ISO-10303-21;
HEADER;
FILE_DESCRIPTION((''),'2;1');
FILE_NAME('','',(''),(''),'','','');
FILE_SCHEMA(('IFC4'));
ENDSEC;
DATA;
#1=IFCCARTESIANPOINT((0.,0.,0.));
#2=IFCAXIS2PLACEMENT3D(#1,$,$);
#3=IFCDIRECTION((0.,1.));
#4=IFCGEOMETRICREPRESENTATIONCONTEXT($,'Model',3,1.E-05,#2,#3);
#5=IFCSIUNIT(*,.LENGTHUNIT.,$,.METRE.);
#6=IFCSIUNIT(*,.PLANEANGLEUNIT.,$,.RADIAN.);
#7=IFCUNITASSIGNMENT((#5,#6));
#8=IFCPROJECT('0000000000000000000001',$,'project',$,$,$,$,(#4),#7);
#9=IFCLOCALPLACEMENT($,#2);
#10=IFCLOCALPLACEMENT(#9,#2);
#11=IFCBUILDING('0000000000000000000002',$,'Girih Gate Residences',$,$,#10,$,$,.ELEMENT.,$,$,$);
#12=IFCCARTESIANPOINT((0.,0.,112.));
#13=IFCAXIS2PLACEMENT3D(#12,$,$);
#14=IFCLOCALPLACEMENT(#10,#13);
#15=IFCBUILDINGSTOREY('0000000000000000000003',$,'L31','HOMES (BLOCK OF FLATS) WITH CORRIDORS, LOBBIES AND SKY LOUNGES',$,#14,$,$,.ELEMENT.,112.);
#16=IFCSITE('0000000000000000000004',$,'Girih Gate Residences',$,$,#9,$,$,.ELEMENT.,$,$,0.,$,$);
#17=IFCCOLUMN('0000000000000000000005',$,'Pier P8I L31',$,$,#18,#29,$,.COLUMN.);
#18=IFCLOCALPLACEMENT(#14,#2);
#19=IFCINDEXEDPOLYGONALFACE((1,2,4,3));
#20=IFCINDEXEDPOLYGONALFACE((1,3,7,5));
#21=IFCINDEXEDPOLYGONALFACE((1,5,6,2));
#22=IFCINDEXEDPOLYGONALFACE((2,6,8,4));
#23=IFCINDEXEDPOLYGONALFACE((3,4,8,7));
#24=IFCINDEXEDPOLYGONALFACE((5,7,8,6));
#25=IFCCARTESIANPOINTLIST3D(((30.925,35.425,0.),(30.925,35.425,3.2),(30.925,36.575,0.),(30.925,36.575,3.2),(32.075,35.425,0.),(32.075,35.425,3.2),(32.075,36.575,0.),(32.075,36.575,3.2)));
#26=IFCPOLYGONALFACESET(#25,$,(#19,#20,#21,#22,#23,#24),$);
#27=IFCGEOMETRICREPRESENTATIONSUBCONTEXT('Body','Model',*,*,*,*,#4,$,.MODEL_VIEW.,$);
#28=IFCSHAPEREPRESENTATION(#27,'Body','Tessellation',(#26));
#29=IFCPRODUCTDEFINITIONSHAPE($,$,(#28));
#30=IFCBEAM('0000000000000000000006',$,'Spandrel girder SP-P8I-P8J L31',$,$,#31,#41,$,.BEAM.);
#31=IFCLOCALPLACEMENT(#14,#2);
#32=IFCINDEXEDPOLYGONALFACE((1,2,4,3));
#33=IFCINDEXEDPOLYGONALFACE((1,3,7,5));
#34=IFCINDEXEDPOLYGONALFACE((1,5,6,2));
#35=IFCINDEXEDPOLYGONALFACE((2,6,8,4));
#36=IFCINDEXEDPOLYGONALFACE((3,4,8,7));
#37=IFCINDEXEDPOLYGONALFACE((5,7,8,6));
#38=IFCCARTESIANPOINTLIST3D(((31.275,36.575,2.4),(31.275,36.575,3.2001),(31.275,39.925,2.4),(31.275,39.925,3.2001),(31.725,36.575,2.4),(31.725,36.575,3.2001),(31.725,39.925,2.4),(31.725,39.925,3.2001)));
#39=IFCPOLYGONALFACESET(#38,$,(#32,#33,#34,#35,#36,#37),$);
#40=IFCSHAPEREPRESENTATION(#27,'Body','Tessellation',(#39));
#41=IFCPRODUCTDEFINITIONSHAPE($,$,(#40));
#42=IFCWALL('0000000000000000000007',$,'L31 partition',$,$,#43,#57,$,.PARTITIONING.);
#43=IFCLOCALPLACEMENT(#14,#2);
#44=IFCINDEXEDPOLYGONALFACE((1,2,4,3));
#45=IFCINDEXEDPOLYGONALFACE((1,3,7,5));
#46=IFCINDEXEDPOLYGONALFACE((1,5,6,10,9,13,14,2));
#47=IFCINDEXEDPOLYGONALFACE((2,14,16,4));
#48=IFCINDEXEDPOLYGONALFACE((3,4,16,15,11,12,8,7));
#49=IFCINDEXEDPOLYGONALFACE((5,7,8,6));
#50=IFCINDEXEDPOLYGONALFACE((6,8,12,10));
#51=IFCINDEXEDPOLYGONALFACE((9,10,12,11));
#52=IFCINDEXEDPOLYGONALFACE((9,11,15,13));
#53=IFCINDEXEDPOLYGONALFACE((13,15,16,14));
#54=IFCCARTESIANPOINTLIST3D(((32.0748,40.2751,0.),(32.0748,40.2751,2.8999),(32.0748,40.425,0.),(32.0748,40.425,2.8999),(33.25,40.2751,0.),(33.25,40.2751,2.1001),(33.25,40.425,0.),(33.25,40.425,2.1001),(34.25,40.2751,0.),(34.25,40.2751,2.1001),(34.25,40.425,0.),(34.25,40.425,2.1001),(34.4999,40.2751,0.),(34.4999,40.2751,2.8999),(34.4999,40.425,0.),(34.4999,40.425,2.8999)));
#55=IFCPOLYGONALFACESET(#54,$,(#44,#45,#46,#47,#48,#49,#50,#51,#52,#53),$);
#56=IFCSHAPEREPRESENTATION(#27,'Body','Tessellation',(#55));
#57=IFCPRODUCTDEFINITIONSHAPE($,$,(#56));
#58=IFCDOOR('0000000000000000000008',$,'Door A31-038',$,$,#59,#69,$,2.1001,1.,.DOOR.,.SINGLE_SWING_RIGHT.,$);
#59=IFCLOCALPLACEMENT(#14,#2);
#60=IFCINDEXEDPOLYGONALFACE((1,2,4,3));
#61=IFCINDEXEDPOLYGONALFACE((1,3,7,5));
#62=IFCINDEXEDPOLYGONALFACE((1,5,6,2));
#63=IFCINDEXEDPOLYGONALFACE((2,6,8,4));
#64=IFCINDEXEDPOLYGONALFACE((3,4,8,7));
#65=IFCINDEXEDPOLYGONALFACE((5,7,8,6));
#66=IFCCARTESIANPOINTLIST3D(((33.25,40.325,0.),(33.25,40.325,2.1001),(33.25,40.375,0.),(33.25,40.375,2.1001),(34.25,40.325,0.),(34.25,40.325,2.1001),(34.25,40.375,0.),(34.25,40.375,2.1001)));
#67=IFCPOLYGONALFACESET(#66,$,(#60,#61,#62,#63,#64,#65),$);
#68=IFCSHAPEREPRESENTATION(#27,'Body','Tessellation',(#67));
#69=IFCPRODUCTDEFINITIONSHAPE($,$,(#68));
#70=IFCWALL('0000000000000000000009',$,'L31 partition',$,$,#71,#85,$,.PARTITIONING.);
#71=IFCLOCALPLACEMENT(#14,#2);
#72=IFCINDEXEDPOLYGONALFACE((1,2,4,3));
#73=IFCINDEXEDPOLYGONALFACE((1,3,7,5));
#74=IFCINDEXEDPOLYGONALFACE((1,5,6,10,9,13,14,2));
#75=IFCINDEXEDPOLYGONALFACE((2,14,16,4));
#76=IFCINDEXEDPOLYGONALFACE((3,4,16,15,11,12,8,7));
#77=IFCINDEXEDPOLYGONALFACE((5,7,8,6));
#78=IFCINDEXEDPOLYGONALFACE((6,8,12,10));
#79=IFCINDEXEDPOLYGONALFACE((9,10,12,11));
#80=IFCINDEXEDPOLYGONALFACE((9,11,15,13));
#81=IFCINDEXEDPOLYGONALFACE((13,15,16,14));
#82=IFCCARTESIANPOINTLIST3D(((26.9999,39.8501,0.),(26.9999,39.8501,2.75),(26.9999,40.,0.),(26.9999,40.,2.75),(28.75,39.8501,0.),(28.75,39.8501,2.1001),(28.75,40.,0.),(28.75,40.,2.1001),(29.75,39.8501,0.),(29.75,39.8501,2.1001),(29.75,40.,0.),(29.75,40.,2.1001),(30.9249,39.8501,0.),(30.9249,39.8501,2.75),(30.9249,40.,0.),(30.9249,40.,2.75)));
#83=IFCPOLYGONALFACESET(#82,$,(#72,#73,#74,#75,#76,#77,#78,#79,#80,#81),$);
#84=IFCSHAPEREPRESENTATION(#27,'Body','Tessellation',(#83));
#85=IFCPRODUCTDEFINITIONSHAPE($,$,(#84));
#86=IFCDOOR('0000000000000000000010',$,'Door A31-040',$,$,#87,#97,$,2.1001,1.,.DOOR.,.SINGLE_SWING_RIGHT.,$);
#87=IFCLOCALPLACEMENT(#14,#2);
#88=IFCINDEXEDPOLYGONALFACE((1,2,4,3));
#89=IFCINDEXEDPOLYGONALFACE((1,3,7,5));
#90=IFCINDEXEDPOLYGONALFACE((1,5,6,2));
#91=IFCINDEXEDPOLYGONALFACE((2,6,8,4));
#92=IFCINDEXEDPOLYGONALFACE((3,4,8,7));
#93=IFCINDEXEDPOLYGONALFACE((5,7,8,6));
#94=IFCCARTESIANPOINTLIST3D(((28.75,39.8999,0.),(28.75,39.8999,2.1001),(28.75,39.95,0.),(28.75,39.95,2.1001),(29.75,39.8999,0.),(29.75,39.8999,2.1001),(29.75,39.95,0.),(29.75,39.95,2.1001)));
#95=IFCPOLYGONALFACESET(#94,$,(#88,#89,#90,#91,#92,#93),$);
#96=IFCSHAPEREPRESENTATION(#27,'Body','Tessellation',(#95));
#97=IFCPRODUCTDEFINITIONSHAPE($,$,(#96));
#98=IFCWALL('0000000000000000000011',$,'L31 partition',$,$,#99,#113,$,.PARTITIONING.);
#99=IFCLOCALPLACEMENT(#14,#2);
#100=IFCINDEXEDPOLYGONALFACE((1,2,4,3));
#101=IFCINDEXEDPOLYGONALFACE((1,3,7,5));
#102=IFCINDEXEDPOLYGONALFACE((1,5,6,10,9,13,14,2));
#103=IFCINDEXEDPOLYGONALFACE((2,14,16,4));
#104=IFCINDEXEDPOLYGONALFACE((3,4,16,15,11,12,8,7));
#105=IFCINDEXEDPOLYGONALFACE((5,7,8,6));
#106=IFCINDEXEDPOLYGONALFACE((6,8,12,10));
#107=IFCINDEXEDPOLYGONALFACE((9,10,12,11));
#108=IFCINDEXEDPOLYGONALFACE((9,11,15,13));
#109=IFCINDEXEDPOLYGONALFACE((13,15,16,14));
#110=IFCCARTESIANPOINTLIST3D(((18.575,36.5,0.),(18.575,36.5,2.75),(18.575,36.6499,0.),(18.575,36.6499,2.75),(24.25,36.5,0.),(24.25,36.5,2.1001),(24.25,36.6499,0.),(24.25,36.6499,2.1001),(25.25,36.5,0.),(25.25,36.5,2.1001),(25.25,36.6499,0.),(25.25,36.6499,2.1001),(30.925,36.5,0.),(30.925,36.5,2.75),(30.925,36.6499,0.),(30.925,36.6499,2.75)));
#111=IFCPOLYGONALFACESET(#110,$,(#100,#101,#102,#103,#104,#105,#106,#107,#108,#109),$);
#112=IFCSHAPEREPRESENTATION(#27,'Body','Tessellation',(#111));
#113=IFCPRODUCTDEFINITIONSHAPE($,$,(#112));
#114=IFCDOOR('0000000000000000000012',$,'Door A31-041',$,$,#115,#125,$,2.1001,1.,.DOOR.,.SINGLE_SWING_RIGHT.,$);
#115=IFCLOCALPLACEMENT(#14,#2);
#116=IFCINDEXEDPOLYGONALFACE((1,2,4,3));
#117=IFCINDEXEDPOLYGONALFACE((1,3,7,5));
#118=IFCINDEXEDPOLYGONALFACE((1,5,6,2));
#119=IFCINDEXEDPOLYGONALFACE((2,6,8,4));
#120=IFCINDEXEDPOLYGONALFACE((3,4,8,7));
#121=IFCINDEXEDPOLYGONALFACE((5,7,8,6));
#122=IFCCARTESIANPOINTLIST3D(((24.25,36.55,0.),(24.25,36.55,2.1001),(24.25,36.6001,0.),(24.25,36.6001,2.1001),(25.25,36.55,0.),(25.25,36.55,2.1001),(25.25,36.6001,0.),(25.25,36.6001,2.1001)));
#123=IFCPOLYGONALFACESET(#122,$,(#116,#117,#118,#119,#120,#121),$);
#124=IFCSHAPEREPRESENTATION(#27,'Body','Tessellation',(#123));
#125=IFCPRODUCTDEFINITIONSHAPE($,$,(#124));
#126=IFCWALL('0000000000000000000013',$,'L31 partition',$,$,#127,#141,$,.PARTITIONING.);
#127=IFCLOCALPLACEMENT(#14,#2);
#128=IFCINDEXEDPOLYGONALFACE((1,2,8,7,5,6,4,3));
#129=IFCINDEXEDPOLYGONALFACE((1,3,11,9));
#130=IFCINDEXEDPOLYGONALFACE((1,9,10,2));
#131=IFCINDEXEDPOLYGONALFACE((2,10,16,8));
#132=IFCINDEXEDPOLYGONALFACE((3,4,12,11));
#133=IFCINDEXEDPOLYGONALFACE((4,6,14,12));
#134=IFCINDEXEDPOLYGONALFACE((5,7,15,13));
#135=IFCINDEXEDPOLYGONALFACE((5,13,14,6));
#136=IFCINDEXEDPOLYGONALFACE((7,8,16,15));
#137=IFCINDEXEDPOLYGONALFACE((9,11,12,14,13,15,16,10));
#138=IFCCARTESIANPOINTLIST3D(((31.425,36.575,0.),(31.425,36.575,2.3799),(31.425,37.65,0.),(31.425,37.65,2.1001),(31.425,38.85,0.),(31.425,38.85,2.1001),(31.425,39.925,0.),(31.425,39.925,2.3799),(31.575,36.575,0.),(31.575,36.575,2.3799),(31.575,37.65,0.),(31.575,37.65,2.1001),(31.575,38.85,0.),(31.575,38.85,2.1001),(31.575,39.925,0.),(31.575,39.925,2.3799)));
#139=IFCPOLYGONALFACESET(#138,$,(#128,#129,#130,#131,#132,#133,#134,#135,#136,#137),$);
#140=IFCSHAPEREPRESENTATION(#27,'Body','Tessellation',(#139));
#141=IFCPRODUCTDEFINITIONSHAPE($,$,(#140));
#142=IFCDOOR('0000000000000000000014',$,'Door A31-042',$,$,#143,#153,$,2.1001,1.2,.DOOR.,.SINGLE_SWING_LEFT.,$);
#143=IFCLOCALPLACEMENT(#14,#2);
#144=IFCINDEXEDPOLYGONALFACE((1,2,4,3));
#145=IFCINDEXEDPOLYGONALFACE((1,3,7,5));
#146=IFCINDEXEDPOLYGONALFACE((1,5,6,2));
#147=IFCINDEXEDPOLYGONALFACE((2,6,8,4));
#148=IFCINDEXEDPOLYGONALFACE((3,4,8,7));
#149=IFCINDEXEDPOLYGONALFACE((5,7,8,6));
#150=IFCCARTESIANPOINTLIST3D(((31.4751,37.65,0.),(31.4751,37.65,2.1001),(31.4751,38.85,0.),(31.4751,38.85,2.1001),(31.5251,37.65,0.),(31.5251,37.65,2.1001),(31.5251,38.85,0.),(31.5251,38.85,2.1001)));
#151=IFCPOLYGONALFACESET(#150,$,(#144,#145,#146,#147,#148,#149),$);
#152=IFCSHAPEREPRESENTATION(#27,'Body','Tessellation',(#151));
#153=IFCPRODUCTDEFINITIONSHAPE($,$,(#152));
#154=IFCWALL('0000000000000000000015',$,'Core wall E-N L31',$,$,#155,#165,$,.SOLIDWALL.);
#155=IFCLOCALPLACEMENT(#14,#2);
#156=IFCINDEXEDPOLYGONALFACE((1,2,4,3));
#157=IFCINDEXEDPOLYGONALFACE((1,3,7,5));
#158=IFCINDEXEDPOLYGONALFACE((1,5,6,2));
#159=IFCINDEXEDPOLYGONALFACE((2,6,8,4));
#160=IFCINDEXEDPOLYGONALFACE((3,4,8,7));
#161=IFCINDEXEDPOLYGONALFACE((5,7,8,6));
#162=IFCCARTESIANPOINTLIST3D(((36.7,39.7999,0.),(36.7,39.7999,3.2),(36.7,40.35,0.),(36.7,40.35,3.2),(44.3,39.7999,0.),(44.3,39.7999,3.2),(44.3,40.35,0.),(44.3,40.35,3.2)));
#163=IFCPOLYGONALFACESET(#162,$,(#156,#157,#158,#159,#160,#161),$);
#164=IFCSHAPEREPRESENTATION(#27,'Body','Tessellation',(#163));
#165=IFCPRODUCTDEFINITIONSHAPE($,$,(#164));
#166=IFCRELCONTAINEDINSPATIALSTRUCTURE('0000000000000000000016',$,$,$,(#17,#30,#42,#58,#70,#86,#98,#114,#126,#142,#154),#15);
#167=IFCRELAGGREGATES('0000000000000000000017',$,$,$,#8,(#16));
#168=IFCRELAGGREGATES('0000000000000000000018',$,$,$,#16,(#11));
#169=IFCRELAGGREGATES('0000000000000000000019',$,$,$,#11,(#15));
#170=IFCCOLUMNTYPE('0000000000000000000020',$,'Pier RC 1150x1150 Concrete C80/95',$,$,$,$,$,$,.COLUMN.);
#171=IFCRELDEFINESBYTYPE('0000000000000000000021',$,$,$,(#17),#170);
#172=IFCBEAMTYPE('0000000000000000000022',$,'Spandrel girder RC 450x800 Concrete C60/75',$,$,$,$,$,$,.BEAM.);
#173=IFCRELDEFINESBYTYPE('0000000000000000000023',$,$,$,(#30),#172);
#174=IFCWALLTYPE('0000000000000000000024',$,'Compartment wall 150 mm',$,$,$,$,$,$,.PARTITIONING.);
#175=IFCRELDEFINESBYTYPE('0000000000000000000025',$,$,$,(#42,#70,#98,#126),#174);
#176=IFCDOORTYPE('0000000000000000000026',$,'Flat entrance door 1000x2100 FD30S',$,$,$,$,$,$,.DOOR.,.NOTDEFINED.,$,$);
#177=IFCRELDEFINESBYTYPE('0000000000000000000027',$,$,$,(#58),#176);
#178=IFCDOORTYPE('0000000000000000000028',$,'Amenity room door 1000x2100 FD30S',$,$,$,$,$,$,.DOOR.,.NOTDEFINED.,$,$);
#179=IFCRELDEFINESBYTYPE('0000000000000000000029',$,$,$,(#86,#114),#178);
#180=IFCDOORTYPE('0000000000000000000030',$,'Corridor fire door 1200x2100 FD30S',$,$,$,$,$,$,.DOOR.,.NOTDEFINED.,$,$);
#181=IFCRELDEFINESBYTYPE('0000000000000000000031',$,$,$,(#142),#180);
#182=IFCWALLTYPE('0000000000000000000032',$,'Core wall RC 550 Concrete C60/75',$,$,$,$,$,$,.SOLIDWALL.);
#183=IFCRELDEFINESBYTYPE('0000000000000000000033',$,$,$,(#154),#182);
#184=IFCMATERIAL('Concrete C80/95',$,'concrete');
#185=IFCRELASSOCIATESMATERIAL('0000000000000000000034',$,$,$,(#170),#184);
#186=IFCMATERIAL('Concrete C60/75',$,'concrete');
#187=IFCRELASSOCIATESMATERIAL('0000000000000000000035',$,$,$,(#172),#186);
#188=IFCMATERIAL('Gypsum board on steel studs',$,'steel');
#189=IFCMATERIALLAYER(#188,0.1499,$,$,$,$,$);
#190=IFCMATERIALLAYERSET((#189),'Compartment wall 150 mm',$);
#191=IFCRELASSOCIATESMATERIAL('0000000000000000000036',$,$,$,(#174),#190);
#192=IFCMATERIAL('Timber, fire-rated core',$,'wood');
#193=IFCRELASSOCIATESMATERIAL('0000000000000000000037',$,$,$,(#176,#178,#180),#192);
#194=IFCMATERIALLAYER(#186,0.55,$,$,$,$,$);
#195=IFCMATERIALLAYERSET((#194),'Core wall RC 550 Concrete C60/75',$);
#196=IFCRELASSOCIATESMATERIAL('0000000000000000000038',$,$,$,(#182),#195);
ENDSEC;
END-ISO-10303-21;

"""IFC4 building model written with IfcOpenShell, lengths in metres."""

from ifc_helpers import new_model, si_unit, direction, frame, frame_2d, origin, origin_2d, place, context, subcontext, project, spatial, rectangle, extrude, material, layer, layer_set, material_profile, profile_set, type_object, element, fill, save


model = new_model("IFC4")

# Units and contexts
model_context = context("Model", 3, precision=1e-05, world=origin(), true_north=direction((0.0, 1.0)))
body_context = subcontext(model_context, "Body", "Model", "MODEL_VIEW")
ifc_project = project(units=[si_unit("LENGTHUNIT", "METRE"), si_unit("PLANEANGLEUNIT", "RADIAN")], contexts=[model_context])

# Site, building, storey
site_placement = place(None, origin())
site = spatial("IfcSite", under=ifc_project, at=site_placement, Name="Girih Gate Residences", CompositionType="ELEMENT", RefElevation=0.0)
building_placement = place(site_placement, origin())
building = spatial("IfcBuilding", under=site, at=building_placement, Name="Girih Gate Residences", CompositionType="ELEMENT")
storey_placement = place(building_placement, frame((0.0, 0.0, 112.0)))
storey = spatial("IfcBuildingStorey", under=building, at=storey_placement, Name="L31", Description="HOMES (BLOCK OF FLATS) WITH CORRIDORS, LOBBIES AND SKY LOUNGES", CompositionType="ELEMENT", Elevation=112.0)

# Column
ifc_material_1 = material(Name="Concrete C80/95", Category="concrete")
ifc_material_profile_1 = material_profile(ifc_material_1, rectangle(XDim=1.1499, YDim=1.1499, at=origin_2d()))
ifc_profile_set_1 = profile_set([ifc_material_profile_1], Name="Concrete C80/95")
column_type = type_object("IfcColumnType", Name="Pier RC 1150x1150 Concrete C80/95", PredefinedType="COLUMN", material=ifc_profile_set_1)
column_placement = place(storey_placement, frame((31.5, 36.0, 0.0), z_axis=(0.0, 0.0, 1.0), x_axis=(1.0, 0.0, 0.0)))
element("IfcColumn", 1, at=column_placement, inside=storey, type_object=column_type, Name="Pier P8I L31", PredefinedType="COLUMN", context=body_context, shape_type="SweptSolid", body=[
    extrude(rectangle(XDim=1.1499, YDim=1.1499, at=origin_2d()), origin(), (0.0, 0.0, 1.0), 3.2),
])

# Beam
ifc_material_2 = material(Name="Concrete C60/75", Category="concrete")
ifc_material_profile_2 = material_profile(ifc_material_2, rectangle(XDim=0.45, YDim=0.8, at=origin_2d()))
ifc_profile_set_2 = profile_set([ifc_material_profile_2], Name="Concrete C60/75")
beam_type = type_object("IfcBeamType", Name="Spandrel girder RC 450x800 Concrete C60/75", PredefinedType="BEAM", material=ifc_profile_set_2)
beam_placement = place(storey_placement, frame((31.5, 36.575, 2.8), z_axis=(0.0, 1.0, 0.0), x_axis=(-1.0, 0.0, 0.0)))
element("IfcBeam", 2, at=beam_placement, inside=storey, type_object=beam_type, Name="Spandrel girder SP-P8I-P8J L31", PredefinedType="BEAM", context=body_context, shape_type="SweptSolid", body=[
    extrude(rectangle(XDim=0.45, YDim=0.8, at=origin_2d()), origin(), (0.0, 0.0, 1.0), 3.3501),
])

# Walls, openings, doors
ifc_material_3 = material(Name="Gypsum board on steel studs", Category="steel")
ifc_layer_1 = layer(ifc_material_3, 0.1499)
ifc_layer_set_1 = layer_set([ifc_layer_1], Name="Compartment wall 150 mm")
wall_type_1 = type_object("IfcWallType", Name="Compartment wall 150 mm", PredefinedType="PARTITIONING", material=ifc_layer_set_1)
wall_1_placement = place(storey_placement, frame((32.075, 40.3501, 0.0), z_axis=(0.0, 0.0, 1.0), x_axis=(1.0, 0.0, 0.0)))
wall_1 = element("IfcWall", 3, at=wall_1_placement, inside=storey, type_object=wall_type_1, Name="L31 partition", PredefinedType="PARTITIONING", context=body_context, shape_type="SweptSolid", body=[
    extrude(rectangle(XDim=2.425, YDim=0.1499, at=frame_2d((1.2124, 0.0))), origin(), (0.0, 0.0, 1.0), 2.8999),
])
opening_1_placement = place(wall_1_placement, frame((1.175, 0.0, 0.0)))
opening_1 = element("IfcOpeningElement", 4, at=opening_1_placement, cuts=wall_1, PredefinedType="OPENING", context=body_context, shape_type="SweptSolid", body=[
    extrude(rectangle(XDim=1.0, YDim=2.1001, at=frame_2d((0.5, 1.05))), frame((0.0, 0.085, 0.0), z_axis=(0.0, -1.0, 0.0), x_axis=(1.0, 0.0, 0.0)), (0.0, 0.0, 1.0), 0.1699),
])
ifc_material_4 = material(Name="Timber, fire-rated core", Category="wood")
door_type_1 = type_object("IfcDoorType", Name="Flat entrance door 1000x2100 FD30S", OperationType="NOTDEFINED", PredefinedType="DOOR", material=ifc_material_4)
door_1_placement = place(opening_1_placement, origin())
door_1 = element("IfcDoor", 5, at=door_1_placement, inside=storey, type_object=door_type_1, Name="Door A31-038", OperationType="SINGLE_SWING_RIGHT", OverallHeight=2.1001, OverallWidth=1.0, PredefinedType="DOOR", context=body_context, shape_type="SweptSolid", body=[
    extrude(rectangle(XDim=1.0, YDim=2.1001, at=frame_2d((0.5, 1.05))), frame((0.0, 0.0249, 0.0), z_axis=(0.0, -1.0, 0.0), x_axis=(1.0, 0.0, 0.0)), (0.0, 0.0, 1.0), 0.05),
])
fill(opening_1, door_1)
wall_2_placement = place(storey_placement, frame((27.0, 39.925, 0.0), z_axis=(0.0, 0.0, 1.0), x_axis=(1.0, 0.0, 0.0)))
wall_2 = element("IfcWall", 6, at=wall_2_placement, inside=storey, type_object=wall_type_1, Name="L31 partition", PredefinedType="PARTITIONING", context=body_context, shape_type="SweptSolid", body=[
    extrude(rectangle(XDim=3.925, YDim=0.1499, at=frame_2d((1.9624, 0.0))), origin(), (0.0, 0.0, 1.0), 2.75),
])
opening_2_placement = place(wall_2_placement, frame((1.75, 0.0, 0.0)))
opening_2 = element("IfcOpeningElement", 7, at=opening_2_placement, cuts=wall_2, PredefinedType="OPENING", context=body_context, shape_type="SweptSolid", body=[
    extrude(rectangle(XDim=1.0, YDim=2.1001, at=frame_2d((0.5, 1.05))), frame((0.0, 0.085, 0.0), z_axis=(0.0, -1.0, 0.0), x_axis=(1.0, 0.0, 0.0)), (0.0, 0.0, 1.0), 0.1699),
])
door_type_2 = type_object("IfcDoorType", Name="Amenity room door 1000x2100 FD30S", OperationType="NOTDEFINED", PredefinedType="DOOR", material=ifc_material_4)
door_2_placement = place(opening_2_placement, origin())
door_2 = element("IfcDoor", 8, at=door_2_placement, inside=storey, type_object=door_type_2, Name="Door A31-040", OperationType="SINGLE_SWING_RIGHT", OverallHeight=2.1001, OverallWidth=1.0, PredefinedType="DOOR", context=body_context, shape_type="SweptSolid", body=[
    extrude(rectangle(XDim=1.0, YDim=2.1001, at=frame_2d((0.5, 1.05))), frame((0.0, 0.0249, 0.0), z_axis=(0.0, -1.0, 0.0), x_axis=(1.0, 0.0, 0.0)), (0.0, 0.0, 1.0), 0.05),
])
fill(opening_2, door_2)
wall_3_placement = place(storey_placement, frame((30.925, 36.575, 0.0), z_axis=(0.0, 0.0, 1.0), x_axis=(-1.0, 0.0, 0.0)))
wall_3 = element("IfcWall", 9, at=wall_3_placement, inside=storey, type_object=wall_type_1, Name="L31 partition", PredefinedType="PARTITIONING", context=body_context, shape_type="SweptSolid", body=[
    extrude(rectangle(XDim=12.3501, YDim=0.1499, at=frame_2d((6.175, 0.0))), origin(), (0.0, 0.0, 1.0), 2.75),
])
opening_3_placement = place(wall_3_placement, frame((5.675, 0.0, 0.0)))
opening_3 = element("IfcOpeningElement", 10, at=opening_3_placement, cuts=wall_3, PredefinedType="OPENING", context=body_context, shape_type="SweptSolid", body=[
    extrude(rectangle(XDim=1.0, YDim=2.1001, at=frame_2d((0.5, 1.05))), frame((0.0, 0.085, 0.0), z_axis=(0.0, -1.0, 0.0), x_axis=(1.0, 0.0, 0.0)), (0.0, 0.0, 1.0), 0.1699),
])
door_3_placement = place(opening_3_placement, origin())
door_3 = element("IfcDoor", 11, at=door_3_placement, inside=storey, type_object=door_type_2, Name="Door A31-041", OperationType="SINGLE_SWING_RIGHT", OverallHeight=2.1001, OverallWidth=1.0, PredefinedType="DOOR", context=body_context, shape_type="SweptSolid", body=[
    extrude(rectangle(XDim=1.0, YDim=2.1001, at=frame_2d((0.5, 1.05))), frame((0.0, 0.0249, 0.0), z_axis=(0.0, -1.0, 0.0), x_axis=(1.0, 0.0, 0.0)), (0.0, 0.0, 1.0), 0.05),
])
fill(opening_3, door_3)
wall_4_placement = place(storey_placement, frame((31.5, 36.575, 0.0), z_axis=(0.0, 0.0, 1.0), x_axis=(0.0, 1.0, 0.0)))
wall_4 = element("IfcWall", 12, at=wall_4_placement, inside=storey, type_object=wall_type_1, Name="L31 partition", PredefinedType="PARTITIONING", context=body_context, shape_type="SweptSolid", body=[
    extrude(rectangle(XDim=3.3501, YDim=0.1499, at=frame_2d((1.675, 0.0))), origin(), (0.0, 0.0, 1.0), 2.3799),
])
opening_4_placement = place(wall_4_placement, frame((1.075, 0.0, 0.0)))
opening_4 = element("IfcOpeningElement", 13, at=opening_4_placement, cuts=wall_4, PredefinedType="OPENING", context=body_context, shape_type="SweptSolid", body=[
    extrude(rectangle(XDim=1.2, YDim=2.1001, at=frame_2d((0.6001, 1.05))), frame((0.0, 0.085, 0.0), z_axis=(0.0, -1.0, 0.0), x_axis=(1.0, 0.0, 0.0)), (0.0, 0.0, 1.0), 0.1699),
])
door_type_3 = type_object("IfcDoorType", Name="Corridor fire door 1200x2100 FD30S", OperationType="NOTDEFINED", PredefinedType="DOOR", material=ifc_material_4)
door_4_placement = place(opening_4_placement, origin())
door_4 = element("IfcDoor", 14, at=door_4_placement, inside=storey, type_object=door_type_3, Name="Door A31-042", OperationType="SINGLE_SWING_LEFT", OverallHeight=2.1001, OverallWidth=1.2, PredefinedType="DOOR", context=body_context, shape_type="SweptSolid", body=[
    extrude(rectangle(XDim=1.2, YDim=2.1001, at=frame_2d((0.6001, 1.05))), frame((0.0, 0.0249, 0.0), z_axis=(0.0, -1.0, 0.0), x_axis=(1.0, 0.0, 0.0)), (0.0, 0.0, 1.0), 0.05),
])
fill(opening_4, door_4)

# Wall
ifc_layer_2 = layer(ifc_material_2, 0.55)
ifc_layer_set_2 = layer_set([ifc_layer_2], Name="Core wall RC 550 Concrete C60/75")
wall_type_2 = type_object("IfcWallType", Name="Core wall RC 550 Concrete C60/75", PredefinedType="SOLIDWALL", material=ifc_layer_set_2)
wall_5_placement = place(storey_placement, frame((36.7, 40.075, 0.0), z_axis=(0.0, 0.0, 1.0), x_axis=(1.0, 0.0, 0.0)))
element("IfcWall", 15, at=wall_5_placement, inside=storey, type_object=wall_type_2, Name="Core wall E-N L31", PredefinedType="SOLIDWALL", context=body_context, shape_type="SweptSolid", body=[
    extrude(rectangle(XDim=7.6001, YDim=0.55, at=frame_2d((3.8, 0.0))), origin(), (0.0, 0.0, 1.0), 3.2),
])

save(model, "model.ifc")
